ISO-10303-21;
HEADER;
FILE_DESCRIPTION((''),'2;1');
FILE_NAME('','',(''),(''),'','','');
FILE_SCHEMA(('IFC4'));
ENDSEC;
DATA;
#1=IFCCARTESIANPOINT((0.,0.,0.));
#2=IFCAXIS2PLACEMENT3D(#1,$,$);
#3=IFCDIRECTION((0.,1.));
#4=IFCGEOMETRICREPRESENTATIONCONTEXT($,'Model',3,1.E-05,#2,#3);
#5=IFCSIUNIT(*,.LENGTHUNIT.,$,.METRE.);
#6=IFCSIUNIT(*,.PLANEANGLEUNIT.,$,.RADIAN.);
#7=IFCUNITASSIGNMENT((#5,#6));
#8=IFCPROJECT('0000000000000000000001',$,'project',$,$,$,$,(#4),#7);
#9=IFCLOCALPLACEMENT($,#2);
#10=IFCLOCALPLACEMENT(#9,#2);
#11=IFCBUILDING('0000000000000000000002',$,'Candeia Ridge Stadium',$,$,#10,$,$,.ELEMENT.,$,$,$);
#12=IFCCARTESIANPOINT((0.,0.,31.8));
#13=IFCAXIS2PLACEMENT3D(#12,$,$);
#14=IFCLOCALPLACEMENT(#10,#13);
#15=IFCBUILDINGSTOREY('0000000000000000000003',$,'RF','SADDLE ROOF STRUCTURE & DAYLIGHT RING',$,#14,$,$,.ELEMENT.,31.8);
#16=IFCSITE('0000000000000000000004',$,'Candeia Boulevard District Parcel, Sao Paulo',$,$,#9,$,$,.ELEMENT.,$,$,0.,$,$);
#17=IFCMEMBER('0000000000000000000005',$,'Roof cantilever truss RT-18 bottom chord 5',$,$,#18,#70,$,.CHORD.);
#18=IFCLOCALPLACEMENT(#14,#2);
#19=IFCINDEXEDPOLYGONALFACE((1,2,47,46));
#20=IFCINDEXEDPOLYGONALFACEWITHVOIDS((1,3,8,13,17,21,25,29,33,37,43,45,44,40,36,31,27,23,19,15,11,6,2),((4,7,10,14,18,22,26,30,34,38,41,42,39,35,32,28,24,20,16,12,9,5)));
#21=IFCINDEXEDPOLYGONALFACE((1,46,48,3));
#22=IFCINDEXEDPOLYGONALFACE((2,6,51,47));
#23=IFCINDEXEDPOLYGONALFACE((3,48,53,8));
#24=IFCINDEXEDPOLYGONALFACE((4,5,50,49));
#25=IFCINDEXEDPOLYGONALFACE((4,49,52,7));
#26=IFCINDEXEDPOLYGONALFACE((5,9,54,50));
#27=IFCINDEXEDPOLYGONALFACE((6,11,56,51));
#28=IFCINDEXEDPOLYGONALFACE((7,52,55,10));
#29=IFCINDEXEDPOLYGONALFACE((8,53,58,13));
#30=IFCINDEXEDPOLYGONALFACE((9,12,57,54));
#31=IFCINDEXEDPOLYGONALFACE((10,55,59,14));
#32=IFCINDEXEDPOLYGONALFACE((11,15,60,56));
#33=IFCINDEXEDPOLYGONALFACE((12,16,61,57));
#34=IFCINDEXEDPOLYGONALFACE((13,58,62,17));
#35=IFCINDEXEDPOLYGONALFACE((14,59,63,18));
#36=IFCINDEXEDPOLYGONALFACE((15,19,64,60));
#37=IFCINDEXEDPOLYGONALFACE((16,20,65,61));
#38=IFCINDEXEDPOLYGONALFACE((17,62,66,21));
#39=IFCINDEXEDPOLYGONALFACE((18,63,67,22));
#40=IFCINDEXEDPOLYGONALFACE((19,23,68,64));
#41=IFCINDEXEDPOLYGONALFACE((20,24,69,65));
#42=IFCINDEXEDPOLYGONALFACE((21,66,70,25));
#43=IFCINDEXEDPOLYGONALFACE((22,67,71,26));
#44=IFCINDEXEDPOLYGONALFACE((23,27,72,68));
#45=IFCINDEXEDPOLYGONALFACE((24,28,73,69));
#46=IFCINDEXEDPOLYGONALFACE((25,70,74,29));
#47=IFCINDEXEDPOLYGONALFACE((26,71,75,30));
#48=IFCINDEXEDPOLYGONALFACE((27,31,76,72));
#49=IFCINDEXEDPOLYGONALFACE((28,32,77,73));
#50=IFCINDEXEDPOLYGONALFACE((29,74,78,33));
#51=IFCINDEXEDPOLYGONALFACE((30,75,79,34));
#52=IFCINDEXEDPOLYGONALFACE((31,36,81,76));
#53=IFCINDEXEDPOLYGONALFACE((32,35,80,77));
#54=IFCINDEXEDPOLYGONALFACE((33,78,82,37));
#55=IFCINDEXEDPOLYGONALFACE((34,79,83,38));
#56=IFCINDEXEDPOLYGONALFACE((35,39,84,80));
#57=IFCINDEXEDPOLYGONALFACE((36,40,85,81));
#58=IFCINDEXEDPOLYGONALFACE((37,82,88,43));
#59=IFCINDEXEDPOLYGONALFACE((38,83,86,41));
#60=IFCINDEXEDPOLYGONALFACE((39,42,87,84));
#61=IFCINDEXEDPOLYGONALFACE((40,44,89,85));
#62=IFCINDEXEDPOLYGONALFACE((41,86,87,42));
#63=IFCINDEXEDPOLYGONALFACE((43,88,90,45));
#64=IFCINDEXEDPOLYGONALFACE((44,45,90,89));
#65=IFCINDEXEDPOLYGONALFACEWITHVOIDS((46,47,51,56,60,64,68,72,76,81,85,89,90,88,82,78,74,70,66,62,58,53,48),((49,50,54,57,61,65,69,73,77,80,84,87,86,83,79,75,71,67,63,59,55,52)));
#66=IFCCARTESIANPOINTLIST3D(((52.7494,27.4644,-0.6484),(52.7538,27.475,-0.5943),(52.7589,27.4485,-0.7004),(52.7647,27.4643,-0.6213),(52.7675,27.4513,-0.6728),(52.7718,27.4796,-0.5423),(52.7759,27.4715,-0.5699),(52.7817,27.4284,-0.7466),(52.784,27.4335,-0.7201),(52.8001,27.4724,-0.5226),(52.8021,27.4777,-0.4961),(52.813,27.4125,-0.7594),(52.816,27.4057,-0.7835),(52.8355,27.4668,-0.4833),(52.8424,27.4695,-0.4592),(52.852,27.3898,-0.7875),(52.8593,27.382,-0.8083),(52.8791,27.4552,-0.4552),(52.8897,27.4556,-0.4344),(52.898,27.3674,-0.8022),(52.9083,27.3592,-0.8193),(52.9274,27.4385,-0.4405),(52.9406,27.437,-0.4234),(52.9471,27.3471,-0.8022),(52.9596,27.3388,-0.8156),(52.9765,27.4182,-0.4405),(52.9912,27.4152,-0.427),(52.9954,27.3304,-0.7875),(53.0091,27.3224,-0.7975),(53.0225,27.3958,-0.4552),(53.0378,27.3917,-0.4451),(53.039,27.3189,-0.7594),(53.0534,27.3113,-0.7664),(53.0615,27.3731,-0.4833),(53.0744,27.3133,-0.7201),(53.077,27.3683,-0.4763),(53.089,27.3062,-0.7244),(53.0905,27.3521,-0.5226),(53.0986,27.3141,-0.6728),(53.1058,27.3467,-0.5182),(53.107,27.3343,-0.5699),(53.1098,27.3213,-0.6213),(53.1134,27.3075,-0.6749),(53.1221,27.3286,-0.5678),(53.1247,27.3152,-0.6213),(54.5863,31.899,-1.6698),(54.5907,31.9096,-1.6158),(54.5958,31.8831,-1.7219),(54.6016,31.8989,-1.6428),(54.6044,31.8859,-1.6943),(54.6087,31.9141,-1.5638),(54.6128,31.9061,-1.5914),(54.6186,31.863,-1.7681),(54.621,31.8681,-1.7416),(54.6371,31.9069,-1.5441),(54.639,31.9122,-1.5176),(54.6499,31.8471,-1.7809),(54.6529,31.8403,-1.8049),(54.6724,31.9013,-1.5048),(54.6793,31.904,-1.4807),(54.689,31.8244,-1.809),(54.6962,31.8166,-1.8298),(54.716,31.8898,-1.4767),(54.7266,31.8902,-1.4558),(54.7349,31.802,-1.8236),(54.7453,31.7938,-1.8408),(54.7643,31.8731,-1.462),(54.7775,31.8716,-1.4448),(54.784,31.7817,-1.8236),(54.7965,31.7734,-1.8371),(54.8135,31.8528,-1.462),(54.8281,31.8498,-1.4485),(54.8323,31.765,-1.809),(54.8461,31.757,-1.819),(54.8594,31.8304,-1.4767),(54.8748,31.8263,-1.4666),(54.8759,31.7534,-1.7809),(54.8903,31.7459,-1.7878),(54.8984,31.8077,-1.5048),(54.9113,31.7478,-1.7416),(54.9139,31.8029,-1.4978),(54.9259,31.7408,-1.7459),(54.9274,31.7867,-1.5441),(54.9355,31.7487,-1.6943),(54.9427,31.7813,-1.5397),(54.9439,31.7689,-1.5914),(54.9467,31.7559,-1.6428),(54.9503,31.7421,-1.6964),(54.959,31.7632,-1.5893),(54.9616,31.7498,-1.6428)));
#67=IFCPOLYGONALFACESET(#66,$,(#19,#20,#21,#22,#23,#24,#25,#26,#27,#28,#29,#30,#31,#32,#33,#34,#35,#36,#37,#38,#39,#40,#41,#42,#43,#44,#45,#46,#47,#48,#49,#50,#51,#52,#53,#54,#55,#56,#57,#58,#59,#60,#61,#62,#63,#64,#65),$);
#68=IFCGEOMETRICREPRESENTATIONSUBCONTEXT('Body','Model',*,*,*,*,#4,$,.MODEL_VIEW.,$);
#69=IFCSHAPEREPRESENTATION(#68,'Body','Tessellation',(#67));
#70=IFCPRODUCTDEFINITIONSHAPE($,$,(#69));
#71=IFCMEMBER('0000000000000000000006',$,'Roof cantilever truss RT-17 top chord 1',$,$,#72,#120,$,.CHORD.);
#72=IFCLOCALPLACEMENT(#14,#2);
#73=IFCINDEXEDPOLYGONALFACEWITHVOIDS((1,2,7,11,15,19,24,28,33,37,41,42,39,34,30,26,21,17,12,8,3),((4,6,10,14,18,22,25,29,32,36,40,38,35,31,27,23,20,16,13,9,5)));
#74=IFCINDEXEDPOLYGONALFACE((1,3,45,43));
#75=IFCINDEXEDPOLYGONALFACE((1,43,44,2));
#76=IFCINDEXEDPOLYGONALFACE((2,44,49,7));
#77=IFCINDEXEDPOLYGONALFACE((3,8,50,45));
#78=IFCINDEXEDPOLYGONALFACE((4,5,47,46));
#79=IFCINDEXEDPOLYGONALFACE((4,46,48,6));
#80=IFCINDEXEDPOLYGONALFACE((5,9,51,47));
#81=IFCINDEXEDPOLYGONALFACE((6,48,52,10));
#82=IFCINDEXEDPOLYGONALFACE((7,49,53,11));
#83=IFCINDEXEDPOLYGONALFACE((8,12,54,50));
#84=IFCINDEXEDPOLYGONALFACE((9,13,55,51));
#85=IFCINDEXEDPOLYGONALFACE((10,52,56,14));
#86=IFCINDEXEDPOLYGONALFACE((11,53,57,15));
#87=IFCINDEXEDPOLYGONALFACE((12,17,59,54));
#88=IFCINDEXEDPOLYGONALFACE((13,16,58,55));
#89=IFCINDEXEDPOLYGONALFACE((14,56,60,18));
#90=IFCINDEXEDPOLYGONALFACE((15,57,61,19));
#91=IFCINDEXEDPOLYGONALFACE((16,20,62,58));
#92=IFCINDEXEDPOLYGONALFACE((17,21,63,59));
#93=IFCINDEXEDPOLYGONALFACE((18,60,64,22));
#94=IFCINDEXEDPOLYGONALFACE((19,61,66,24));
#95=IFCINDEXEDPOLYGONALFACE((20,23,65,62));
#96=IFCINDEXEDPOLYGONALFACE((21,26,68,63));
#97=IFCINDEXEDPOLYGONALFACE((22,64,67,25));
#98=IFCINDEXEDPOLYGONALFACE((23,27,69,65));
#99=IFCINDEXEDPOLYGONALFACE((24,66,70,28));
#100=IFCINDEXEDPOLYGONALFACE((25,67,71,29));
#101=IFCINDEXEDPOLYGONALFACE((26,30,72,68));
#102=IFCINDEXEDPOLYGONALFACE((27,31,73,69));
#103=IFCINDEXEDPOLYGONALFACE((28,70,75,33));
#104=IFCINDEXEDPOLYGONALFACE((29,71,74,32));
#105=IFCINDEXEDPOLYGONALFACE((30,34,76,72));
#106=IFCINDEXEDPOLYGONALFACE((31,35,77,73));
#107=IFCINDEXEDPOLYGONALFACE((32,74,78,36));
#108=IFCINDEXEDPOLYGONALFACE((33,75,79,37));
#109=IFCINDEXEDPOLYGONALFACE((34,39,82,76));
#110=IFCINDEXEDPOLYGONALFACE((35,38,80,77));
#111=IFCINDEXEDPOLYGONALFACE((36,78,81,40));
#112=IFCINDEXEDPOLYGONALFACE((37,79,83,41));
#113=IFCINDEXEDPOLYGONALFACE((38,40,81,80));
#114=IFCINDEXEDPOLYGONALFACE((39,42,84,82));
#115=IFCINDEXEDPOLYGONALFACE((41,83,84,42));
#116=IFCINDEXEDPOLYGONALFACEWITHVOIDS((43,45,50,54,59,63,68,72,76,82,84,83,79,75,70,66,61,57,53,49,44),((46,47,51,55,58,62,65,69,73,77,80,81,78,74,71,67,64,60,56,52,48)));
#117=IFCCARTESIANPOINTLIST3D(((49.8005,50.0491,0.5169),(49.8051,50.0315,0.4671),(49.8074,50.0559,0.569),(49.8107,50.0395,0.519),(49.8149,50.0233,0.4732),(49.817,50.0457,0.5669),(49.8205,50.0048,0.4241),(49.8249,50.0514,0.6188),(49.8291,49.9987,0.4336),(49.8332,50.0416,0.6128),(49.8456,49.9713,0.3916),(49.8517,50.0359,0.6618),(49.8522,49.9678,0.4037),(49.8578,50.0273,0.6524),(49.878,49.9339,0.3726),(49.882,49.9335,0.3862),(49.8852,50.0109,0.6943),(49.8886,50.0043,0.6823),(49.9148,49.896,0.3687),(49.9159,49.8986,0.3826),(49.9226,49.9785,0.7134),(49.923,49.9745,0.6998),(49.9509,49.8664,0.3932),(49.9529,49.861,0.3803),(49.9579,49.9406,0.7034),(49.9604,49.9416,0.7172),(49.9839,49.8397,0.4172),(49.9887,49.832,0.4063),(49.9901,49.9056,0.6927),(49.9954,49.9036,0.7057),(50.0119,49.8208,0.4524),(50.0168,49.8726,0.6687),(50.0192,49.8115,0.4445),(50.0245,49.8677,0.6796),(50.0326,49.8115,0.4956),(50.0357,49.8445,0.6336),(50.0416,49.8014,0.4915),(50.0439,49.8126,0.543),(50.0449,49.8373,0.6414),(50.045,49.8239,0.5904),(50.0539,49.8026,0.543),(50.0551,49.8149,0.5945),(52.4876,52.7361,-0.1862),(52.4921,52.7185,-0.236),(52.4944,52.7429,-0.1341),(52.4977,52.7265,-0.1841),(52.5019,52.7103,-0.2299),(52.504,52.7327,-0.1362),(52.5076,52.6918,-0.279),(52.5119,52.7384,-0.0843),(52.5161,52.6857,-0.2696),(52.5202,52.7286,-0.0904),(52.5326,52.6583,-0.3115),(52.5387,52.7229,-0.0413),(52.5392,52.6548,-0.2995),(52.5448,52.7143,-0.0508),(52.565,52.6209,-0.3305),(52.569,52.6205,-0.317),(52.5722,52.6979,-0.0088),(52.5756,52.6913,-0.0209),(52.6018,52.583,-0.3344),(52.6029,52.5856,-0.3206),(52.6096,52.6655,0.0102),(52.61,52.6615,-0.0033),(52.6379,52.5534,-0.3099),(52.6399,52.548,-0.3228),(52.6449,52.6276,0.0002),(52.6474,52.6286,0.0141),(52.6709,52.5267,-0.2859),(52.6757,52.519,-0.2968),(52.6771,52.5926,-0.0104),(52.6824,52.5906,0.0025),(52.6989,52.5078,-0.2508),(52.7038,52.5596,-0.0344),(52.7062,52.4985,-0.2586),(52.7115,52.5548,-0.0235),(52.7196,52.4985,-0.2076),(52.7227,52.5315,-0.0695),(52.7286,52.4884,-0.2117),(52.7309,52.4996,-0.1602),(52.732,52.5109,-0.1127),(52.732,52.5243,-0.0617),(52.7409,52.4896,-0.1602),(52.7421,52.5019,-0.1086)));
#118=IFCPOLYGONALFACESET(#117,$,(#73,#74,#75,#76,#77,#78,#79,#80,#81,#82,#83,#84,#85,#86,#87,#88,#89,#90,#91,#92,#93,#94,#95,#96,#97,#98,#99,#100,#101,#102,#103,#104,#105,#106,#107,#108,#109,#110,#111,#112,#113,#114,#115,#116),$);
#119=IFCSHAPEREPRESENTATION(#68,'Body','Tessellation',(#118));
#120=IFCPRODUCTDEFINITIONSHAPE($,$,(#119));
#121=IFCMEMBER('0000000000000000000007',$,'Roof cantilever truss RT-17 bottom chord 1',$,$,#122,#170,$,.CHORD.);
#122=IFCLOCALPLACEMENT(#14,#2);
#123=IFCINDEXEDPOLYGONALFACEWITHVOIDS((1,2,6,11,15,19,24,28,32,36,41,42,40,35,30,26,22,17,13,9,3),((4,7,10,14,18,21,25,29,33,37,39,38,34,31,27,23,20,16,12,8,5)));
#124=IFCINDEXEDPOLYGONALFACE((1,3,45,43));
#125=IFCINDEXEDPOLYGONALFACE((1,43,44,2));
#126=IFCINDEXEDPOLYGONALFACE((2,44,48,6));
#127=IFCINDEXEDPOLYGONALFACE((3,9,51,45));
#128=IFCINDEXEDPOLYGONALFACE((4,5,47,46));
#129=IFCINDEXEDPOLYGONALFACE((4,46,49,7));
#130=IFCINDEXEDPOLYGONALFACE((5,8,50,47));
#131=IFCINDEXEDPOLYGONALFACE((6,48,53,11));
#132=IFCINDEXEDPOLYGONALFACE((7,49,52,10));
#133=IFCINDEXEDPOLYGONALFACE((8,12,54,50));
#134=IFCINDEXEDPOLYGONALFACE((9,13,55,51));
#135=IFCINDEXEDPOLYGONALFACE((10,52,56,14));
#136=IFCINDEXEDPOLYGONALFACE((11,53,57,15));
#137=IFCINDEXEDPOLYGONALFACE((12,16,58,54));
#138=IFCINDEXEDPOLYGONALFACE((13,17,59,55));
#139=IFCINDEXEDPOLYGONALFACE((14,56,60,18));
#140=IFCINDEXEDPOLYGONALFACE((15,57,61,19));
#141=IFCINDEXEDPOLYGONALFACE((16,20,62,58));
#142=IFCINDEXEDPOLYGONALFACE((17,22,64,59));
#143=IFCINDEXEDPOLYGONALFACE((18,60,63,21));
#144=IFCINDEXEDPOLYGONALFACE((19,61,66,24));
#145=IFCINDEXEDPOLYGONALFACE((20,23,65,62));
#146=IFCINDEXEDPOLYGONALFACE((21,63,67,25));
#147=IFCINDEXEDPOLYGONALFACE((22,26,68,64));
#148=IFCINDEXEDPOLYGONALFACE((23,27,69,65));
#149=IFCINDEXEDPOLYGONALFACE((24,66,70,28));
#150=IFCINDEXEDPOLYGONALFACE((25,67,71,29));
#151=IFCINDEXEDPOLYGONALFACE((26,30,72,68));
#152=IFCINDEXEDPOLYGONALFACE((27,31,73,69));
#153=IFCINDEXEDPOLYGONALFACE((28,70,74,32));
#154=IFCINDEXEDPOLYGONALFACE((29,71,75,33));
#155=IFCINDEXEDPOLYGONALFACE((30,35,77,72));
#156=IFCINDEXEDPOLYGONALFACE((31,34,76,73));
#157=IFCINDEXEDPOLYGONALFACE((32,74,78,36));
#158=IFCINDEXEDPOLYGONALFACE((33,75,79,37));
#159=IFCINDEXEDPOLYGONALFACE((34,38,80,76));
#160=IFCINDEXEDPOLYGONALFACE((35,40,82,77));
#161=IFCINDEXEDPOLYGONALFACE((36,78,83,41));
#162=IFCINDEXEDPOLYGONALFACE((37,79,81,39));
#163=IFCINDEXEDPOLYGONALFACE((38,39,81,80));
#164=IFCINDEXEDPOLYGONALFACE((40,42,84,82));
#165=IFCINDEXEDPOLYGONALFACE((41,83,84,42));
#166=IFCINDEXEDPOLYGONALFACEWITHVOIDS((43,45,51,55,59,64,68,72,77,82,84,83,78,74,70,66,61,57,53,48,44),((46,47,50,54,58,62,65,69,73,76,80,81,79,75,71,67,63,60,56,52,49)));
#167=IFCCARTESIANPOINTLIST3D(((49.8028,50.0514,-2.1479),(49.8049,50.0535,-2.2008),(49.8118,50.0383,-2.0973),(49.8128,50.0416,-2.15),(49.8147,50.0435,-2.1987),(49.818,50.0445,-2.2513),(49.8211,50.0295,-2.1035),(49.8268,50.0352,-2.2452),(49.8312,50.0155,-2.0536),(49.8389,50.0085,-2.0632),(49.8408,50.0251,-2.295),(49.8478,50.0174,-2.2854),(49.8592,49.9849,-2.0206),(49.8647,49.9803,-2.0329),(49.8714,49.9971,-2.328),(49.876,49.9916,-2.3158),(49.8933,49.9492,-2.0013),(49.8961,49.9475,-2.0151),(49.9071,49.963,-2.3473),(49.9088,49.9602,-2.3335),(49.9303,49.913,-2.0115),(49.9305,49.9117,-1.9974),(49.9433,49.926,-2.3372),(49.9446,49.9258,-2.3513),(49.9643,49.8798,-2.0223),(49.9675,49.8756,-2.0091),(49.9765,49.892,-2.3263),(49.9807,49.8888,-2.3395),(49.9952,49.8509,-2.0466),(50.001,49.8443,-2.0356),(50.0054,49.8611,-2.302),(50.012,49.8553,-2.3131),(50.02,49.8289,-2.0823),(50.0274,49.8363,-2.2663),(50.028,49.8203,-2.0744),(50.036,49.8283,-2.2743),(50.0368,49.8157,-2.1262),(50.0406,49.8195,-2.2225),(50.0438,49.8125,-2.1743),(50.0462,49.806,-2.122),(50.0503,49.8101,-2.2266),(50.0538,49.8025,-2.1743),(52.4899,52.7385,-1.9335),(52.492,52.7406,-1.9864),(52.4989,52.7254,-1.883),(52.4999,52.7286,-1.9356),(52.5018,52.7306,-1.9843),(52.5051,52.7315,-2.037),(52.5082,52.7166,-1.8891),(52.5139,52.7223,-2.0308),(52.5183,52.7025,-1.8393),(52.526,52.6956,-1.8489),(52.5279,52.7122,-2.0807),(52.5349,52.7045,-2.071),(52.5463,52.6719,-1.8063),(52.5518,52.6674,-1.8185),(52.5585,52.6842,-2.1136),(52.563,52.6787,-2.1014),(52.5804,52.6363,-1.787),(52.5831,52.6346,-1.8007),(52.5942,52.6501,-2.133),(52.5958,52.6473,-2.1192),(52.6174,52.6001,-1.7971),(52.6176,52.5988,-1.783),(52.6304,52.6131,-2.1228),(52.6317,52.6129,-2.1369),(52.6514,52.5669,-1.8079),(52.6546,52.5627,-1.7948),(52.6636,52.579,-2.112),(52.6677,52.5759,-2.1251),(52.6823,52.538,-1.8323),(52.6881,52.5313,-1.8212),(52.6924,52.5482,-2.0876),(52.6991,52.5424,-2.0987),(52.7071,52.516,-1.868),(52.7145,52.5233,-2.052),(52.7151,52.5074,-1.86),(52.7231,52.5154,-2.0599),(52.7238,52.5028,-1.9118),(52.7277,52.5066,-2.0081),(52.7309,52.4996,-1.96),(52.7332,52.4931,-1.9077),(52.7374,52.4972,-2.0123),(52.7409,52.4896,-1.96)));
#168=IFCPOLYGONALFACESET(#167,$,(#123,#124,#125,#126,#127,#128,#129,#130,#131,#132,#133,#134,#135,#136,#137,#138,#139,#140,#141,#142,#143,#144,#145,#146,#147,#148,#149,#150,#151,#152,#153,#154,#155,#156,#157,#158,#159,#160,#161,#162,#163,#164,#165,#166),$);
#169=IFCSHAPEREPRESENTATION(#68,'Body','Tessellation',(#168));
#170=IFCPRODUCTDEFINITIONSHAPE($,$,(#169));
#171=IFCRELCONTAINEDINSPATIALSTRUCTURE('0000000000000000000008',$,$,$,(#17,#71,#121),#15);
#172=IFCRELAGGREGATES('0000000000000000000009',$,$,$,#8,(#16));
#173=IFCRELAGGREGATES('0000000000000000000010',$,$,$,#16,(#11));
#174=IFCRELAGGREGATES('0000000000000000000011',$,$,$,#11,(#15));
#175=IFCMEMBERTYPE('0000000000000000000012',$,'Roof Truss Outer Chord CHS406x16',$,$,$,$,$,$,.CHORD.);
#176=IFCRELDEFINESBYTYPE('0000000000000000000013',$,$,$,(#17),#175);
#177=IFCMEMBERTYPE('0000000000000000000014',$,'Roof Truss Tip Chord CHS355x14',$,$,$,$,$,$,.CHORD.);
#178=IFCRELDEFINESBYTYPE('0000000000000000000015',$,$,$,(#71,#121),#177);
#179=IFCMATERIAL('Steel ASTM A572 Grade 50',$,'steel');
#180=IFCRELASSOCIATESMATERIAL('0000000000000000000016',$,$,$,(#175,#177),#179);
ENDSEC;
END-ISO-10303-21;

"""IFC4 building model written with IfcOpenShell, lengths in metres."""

from ifc_helpers import new_model, si_unit, direction, frame, origin, origin_2d, place, context, subcontext, project, spatial, hollow_circle, extrude, material, material_profile, profile_set, type_object, element, save


model = new_model("IFC4")

# Units and contexts
model_context = context("Model", 3, precision=1e-05, world=origin(), true_north=direction((0.0, 1.0)))
body_context = subcontext(model_context, "Body", "Model", "MODEL_VIEW")
ifc_project = project(units=[si_unit("LENGTHUNIT", "METRE"), si_unit("PLANEANGLEUNIT", "RADIAN")], contexts=[model_context])

# Site, building, storey
site_placement = place(None, origin())
site = spatial("IfcSite", under=ifc_project, at=site_placement, Name="Candeia Boulevard District Parcel, Sao Paulo", CompositionType="ELEMENT", RefElevation=0.0)
building_placement = place(site_placement, origin())
building = spatial("IfcBuilding", under=site, at=building_placement, Name="Candeia Ridge Stadium", CompositionType="ELEMENT")
storey_placement = place(building_placement, frame((0.0, 0.0, 31.8)))
storey = spatial("IfcBuildingStorey", under=building, at=storey_placement, Name="RF", Description="SADDLE ROOF STRUCTURE & DAYLIGHT RING", CompositionType="ELEMENT", Elevation=31.8)

# Shared definitions
ifc_material_1 = material(Name="Steel ASTM A572 Grade 50", Category="steel")

# Members
ifc_material_profile_1 = material_profile(ifc_material_1, hollow_circle(Radius=0.2029, WallThickness=0.0161, at=origin_2d()), Name="CHS406x16", Category="steel")
ifc_profile_set_1 = profile_set([ifc_material_profile_1], Name="Steel ASTM A572 Grade 50")
member_type_1 = type_object("IfcMemberType", Name="Roof Truss Outer Chord CHS406x16", PredefinedType="CHORD", material=ifc_profile_set_1)
member_1_placement = place(storey_placement, frame((54.7742, 31.8274, -1.6428), z_axis=(-0.374311, -0.90364, 0.20815), x_axis=(0.923875, -0.382693, 0.0)))
element("IfcMember", 1, at=member_1_placement, inside=storey, type_object=member_type_1, Name="Roof cantilever truss RT-18 bottom chord 5", PredefinedType="CHORD", context=body_context, shape_type="SweptSolid", body=[
    extrude(hollow_circle(Radius=0.2029, WallThickness=0.0161, at=origin_2d()), origin(), (0.0, 0.0, 1.0), 4.9075),
])
ifc_material_profile_2 = material_profile(ifc_material_1, hollow_circle(Radius=0.1777, WallThickness=0.0142, at=origin_2d()), Name="CHS355x14", Category="steel")
ifc_profile_set_2 = profile_set([ifc_material_profile_2], Name="Steel ASTM A572 Grade 50")
member_type_2 = type_object("IfcMemberType", Name="Roof Truss Tip Chord CHS355x14", PredefinedType="CHORD", material=ifc_profile_set_2)
member_2_placement = place(storey_placement, frame((52.6152, 52.6152, -0.1602), z_axis=(-0.695304, -0.695304, 0.181944), x_axis=(0.707107, -0.707107, 0.0)))
element("IfcMember", 2, at=member_2_placement, inside=storey, type_object=member_type_2, Name="Roof cantilever truss RT-17 top chord 1", PredefinedType="CHORD", context=body_context, shape_type="SweptSolid", body=[
    extrude(hollow_circle(Radius=0.1777, WallThickness=0.0142, at=origin_2d()), origin(), (0.0, 0.0, 1.0), 3.8645),
])
member_3_placement = place(storey_placement, frame((52.6152, 52.6152, -1.96), z_axis=(-0.705984, -0.705984, -0.05632), x_axis=(0.707107, -0.707107, 0.0)))
element("IfcMember", 3, at=member_3_placement, inside=storey, type_object=member_type_2, Name="Roof cantilever truss RT-17 bottom chord 1", PredefinedType="CHORD", context=body_context, shape_type="SweptSolid", body=[
    extrude(hollow_circle(Radius=0.1777, WallThickness=0.0142, at=origin_2d()), origin(), (0.0, 0.0, 1.0), 3.8062),
])

save(model, "model.ifc")
